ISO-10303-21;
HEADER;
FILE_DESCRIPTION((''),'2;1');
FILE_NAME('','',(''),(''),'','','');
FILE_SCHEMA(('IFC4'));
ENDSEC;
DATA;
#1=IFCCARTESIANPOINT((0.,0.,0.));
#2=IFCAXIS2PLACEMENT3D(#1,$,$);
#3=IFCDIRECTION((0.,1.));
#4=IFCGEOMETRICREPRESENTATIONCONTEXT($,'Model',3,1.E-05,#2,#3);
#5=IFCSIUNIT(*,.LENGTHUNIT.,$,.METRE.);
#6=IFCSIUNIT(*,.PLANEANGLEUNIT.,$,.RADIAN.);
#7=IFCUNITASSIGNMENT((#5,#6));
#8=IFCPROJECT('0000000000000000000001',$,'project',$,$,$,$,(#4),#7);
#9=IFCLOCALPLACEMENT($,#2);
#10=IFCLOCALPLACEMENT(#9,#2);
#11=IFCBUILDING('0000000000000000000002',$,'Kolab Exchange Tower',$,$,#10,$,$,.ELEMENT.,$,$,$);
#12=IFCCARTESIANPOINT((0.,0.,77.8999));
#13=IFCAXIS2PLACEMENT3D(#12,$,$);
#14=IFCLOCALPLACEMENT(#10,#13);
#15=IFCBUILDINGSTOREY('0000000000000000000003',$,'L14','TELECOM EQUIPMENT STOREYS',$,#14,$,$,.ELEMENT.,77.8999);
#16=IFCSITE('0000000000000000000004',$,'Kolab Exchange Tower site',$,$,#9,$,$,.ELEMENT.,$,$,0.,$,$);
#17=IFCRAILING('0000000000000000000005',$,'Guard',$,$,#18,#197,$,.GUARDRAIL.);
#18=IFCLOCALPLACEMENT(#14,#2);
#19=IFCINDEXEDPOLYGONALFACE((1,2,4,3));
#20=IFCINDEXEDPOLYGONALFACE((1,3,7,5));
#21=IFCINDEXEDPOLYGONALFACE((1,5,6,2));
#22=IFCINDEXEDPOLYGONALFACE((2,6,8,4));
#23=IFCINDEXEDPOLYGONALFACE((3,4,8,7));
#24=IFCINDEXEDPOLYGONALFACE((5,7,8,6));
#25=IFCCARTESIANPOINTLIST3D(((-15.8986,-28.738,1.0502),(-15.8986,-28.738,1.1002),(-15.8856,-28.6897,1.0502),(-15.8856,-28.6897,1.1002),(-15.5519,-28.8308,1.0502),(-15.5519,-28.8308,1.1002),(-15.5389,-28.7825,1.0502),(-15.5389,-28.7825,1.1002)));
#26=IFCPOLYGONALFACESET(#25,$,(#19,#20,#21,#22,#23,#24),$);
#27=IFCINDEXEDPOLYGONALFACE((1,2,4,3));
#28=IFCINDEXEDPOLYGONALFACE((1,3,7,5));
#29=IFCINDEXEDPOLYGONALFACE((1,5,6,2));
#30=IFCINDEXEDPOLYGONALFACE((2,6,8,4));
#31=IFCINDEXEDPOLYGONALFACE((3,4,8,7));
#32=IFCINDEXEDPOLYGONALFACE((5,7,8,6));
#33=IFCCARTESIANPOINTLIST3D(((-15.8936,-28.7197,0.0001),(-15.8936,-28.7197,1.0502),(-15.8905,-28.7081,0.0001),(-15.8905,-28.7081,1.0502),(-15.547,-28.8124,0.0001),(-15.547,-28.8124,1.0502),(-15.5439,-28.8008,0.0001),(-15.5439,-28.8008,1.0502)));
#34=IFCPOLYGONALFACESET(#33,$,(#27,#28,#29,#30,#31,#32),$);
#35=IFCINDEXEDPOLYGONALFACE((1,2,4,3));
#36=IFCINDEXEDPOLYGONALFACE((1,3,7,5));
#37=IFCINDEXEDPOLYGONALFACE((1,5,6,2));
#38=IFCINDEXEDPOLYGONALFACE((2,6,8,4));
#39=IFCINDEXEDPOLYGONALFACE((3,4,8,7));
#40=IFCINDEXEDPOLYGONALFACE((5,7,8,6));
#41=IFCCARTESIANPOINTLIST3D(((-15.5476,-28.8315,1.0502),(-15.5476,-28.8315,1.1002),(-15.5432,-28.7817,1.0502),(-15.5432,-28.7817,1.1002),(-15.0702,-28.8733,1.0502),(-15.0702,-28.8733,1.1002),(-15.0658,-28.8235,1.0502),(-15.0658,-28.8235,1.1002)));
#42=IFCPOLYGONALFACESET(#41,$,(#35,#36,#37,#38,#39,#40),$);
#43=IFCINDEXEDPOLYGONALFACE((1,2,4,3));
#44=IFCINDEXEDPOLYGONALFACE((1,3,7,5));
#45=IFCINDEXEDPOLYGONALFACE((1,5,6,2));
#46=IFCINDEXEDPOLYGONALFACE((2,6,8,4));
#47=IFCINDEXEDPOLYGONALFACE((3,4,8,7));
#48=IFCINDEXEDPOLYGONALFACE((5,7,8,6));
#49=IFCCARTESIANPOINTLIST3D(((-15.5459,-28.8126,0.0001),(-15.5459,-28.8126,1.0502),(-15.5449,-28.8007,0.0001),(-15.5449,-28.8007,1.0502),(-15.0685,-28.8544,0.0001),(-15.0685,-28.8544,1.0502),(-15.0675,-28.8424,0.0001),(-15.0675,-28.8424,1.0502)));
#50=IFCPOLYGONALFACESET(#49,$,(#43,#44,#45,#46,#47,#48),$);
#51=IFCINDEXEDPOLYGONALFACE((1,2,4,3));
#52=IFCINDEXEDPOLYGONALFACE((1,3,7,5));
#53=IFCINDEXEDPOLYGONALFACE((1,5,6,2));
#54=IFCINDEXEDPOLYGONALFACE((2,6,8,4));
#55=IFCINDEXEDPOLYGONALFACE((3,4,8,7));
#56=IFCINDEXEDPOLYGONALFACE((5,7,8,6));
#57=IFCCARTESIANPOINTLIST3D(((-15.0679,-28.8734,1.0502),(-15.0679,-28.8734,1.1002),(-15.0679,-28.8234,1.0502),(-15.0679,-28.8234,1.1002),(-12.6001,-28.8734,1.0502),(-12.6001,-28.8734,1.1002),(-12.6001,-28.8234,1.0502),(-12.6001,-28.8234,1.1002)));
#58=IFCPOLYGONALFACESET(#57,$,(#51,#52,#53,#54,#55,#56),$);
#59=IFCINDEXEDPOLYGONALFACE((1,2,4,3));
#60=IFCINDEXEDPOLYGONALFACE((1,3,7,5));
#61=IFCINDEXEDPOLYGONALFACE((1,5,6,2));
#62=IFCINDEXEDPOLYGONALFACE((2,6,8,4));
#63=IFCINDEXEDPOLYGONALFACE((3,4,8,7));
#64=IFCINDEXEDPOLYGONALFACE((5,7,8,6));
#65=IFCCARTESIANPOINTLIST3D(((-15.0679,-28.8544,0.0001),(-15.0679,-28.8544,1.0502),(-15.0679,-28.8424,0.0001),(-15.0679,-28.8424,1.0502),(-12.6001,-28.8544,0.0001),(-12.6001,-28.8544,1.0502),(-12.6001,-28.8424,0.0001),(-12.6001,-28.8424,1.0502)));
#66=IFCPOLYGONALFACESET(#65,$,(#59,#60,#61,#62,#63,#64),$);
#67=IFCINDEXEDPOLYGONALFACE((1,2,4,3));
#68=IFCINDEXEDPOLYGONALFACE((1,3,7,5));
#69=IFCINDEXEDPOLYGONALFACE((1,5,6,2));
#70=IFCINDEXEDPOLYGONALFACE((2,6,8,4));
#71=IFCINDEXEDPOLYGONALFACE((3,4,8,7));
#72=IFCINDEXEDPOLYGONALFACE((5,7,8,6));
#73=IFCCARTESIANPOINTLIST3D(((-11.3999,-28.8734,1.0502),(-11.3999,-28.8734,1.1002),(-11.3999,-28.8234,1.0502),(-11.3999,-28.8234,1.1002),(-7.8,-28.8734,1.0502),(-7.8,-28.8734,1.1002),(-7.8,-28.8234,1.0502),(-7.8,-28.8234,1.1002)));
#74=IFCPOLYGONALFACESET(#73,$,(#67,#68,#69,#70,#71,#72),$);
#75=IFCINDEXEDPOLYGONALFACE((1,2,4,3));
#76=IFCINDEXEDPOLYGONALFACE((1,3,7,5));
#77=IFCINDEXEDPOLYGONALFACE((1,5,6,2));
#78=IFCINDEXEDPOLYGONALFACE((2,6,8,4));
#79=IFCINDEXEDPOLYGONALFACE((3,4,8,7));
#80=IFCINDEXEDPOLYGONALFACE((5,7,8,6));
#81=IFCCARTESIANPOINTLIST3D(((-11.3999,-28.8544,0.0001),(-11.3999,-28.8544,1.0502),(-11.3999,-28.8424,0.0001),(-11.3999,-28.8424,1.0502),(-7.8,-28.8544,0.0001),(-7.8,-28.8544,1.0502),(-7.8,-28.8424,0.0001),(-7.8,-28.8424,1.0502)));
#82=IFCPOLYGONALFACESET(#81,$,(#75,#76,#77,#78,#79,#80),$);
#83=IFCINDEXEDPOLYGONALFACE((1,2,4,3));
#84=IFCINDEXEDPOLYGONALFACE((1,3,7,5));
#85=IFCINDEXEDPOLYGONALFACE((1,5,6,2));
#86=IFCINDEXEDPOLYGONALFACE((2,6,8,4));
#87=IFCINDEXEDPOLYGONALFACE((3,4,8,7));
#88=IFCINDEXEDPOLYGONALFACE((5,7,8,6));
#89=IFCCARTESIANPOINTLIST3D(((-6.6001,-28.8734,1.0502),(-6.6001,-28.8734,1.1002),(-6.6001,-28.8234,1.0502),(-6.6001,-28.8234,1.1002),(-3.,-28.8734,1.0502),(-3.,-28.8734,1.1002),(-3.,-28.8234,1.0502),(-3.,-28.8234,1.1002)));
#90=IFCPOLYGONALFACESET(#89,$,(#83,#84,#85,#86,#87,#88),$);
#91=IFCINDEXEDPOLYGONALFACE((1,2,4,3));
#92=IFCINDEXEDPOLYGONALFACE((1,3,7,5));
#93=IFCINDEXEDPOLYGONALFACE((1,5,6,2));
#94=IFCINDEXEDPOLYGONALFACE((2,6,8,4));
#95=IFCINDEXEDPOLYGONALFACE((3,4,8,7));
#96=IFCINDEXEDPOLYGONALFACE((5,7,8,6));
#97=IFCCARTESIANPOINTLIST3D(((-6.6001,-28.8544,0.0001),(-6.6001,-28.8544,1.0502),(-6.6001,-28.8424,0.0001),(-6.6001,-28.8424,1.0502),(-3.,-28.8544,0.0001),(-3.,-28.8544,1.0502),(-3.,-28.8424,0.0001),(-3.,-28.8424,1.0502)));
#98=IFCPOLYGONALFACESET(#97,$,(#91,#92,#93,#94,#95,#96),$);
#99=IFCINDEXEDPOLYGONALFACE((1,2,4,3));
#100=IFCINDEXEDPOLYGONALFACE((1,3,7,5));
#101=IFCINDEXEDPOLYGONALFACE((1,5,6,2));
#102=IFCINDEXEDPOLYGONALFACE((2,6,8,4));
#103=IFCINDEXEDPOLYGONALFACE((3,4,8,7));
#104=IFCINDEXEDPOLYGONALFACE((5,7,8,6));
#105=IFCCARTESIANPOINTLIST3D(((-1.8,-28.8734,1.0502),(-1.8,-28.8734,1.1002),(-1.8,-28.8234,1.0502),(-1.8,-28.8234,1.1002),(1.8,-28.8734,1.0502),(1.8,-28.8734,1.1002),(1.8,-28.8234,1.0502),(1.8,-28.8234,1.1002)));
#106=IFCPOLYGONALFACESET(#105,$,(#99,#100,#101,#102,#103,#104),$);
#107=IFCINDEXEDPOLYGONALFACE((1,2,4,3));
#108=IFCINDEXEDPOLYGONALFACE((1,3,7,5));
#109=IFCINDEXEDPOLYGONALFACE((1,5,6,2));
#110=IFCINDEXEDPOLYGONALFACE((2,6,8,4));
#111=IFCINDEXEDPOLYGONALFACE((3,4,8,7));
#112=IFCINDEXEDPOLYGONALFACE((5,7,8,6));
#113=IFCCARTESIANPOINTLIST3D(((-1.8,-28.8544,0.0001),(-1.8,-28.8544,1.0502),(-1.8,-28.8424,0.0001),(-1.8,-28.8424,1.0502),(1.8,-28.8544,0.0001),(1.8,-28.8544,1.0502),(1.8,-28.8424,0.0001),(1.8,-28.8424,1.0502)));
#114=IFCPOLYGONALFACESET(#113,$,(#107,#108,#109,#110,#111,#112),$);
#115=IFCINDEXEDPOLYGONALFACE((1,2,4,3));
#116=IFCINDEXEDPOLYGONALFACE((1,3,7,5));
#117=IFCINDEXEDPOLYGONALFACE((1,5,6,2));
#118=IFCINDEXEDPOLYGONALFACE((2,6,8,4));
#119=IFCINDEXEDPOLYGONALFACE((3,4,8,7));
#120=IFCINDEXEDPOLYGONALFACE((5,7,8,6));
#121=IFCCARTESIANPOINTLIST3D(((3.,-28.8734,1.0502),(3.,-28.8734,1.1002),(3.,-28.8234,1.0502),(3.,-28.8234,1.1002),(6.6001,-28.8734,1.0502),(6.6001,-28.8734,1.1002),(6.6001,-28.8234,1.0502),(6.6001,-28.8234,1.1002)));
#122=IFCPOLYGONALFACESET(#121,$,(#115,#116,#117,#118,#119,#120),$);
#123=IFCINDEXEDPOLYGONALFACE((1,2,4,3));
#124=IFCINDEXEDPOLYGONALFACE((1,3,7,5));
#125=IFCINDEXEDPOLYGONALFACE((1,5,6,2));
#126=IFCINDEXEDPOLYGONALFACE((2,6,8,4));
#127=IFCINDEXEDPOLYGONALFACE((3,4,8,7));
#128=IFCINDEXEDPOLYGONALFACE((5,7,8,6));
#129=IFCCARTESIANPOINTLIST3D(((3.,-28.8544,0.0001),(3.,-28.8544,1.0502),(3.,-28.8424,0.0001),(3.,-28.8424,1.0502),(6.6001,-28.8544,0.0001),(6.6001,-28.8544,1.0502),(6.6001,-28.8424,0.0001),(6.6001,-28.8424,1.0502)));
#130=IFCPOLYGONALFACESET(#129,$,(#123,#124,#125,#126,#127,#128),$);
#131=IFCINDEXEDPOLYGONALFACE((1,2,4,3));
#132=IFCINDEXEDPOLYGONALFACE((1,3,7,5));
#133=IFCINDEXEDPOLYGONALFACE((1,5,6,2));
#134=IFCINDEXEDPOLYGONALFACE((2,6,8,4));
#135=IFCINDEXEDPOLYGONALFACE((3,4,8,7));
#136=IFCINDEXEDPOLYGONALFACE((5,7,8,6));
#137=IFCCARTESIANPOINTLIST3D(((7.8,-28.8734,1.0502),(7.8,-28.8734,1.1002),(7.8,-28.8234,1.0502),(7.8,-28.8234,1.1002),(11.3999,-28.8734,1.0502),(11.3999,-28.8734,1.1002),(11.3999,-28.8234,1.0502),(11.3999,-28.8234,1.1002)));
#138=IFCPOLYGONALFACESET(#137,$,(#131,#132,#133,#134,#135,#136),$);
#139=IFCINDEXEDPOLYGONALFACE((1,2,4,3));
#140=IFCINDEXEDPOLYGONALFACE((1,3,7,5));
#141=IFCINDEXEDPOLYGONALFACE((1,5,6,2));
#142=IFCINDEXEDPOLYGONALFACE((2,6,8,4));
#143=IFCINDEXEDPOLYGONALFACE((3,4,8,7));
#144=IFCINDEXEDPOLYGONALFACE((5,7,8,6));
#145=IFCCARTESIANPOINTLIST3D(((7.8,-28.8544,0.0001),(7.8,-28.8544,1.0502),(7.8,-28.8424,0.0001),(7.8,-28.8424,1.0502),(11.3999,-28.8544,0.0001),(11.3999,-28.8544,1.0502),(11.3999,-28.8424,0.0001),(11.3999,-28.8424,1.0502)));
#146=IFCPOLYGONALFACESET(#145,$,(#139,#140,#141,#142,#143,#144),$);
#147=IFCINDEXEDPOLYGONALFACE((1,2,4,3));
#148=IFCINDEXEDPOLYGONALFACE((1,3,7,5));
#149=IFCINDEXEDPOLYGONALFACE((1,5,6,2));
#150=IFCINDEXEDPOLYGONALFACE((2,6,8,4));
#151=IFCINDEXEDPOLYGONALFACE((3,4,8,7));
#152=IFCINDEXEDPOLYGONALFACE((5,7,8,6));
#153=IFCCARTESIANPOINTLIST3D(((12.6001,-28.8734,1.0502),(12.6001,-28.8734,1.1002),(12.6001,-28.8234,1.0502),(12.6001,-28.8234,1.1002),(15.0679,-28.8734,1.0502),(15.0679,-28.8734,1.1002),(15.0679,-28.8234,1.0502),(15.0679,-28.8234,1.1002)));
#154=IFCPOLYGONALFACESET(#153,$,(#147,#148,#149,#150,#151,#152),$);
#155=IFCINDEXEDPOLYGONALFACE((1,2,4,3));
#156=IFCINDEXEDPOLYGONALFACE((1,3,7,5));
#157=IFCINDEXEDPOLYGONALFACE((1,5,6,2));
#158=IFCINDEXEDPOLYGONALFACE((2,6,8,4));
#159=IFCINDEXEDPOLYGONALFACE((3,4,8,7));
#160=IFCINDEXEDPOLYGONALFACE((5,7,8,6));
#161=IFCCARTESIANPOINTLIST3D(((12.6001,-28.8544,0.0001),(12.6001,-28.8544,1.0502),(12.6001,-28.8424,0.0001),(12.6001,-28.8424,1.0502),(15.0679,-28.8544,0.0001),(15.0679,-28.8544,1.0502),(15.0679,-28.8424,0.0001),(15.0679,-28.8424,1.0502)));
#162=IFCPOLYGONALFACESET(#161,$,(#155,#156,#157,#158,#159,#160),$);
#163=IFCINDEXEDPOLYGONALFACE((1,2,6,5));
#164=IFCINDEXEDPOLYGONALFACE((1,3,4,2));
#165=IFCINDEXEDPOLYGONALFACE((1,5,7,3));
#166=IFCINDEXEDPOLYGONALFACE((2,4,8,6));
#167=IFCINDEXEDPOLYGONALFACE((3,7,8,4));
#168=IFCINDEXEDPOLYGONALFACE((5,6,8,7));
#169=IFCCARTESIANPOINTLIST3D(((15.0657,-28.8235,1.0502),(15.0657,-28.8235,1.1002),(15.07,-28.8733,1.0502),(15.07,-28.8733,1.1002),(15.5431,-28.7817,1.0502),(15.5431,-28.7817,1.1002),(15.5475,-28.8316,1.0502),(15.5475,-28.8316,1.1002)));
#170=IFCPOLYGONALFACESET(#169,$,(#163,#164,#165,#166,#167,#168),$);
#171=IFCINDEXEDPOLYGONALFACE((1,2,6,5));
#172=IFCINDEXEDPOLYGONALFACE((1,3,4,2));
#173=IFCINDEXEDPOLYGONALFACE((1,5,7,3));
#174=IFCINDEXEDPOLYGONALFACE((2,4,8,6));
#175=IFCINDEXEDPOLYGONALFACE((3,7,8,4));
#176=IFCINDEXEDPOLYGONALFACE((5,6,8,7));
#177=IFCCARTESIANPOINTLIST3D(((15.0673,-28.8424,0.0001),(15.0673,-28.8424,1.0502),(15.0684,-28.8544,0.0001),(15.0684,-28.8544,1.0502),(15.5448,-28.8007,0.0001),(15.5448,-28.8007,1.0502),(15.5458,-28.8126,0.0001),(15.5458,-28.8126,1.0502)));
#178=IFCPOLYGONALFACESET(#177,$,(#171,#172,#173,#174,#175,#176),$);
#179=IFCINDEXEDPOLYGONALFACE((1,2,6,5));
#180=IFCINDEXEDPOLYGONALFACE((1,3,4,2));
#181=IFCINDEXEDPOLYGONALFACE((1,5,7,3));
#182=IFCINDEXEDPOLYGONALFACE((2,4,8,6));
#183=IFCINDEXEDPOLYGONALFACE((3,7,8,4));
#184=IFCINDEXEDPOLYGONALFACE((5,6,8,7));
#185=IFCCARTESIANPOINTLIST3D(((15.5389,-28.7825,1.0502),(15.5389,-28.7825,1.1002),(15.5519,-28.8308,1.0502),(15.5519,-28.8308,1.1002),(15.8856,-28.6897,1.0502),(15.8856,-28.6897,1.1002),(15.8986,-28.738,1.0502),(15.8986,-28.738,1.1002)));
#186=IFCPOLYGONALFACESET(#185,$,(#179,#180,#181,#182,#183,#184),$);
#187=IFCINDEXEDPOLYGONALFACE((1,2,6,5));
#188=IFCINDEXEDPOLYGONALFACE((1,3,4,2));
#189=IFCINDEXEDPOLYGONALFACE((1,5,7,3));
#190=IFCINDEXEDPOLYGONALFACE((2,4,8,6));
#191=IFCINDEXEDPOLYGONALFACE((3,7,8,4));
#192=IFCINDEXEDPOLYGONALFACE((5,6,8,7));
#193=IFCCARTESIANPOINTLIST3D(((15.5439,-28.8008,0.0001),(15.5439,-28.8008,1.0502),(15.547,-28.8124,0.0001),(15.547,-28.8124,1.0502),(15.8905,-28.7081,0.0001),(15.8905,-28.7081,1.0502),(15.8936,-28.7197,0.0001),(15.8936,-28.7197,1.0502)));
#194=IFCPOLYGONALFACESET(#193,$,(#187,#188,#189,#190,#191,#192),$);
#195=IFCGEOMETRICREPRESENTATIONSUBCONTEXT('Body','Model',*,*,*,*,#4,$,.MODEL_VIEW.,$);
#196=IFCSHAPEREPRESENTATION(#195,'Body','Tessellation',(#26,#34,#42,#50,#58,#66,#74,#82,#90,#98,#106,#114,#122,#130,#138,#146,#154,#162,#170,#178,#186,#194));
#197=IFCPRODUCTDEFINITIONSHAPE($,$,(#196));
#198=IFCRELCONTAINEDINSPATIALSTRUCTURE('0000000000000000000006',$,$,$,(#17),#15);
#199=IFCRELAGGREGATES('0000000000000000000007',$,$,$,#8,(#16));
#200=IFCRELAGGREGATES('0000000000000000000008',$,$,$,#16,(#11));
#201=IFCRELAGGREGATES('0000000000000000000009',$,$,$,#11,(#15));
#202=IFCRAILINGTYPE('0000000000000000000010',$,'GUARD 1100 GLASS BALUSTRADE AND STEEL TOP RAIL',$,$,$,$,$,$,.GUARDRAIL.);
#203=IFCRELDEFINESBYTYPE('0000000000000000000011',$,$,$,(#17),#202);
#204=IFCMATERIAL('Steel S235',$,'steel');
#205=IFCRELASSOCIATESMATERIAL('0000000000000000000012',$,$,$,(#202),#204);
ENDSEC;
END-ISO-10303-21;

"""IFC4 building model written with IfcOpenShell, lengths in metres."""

from ifc_helpers import new_model, si_unit, direction, frame, frame_2d, origin, origin_2d, place, context, subcontext, project, spatial, rectangle, extrude, material, type_object, element, save


model = new_model("IFC4")

# Units and contexts
model_context = context("Model", 3, precision=1e-05, world=origin(), true_north=direction((0.0, 1.0)))
body_context = subcontext(model_context, "Body", "Model", "MODEL_VIEW")
ifc_project = project(units=[si_unit("LENGTHUNIT", "METRE"), si_unit("PLANEANGLEUNIT", "RADIAN")], contexts=[model_context])

# Site, building, storey
site_placement = place(None, origin())
site = spatial("IfcSite", under=ifc_project, at=site_placement, Name="Kolab Exchange Tower site", CompositionType="ELEMENT", RefElevation=0.0)
building_placement = place(site_placement, origin())
building = spatial("IfcBuilding", under=site, at=building_placement, Name="Kolab Exchange Tower", CompositionType="ELEMENT")
storey_placement = place(building_placement, frame((0.0, 0.0, 77.8999)))
storey = spatial("IfcBuildingStorey", under=building, at=storey_placement, Name="L14", Description="TELECOM EQUIPMENT STOREYS", CompositionType="ELEMENT", Elevation=77.8999)

# Railing
ifc_material_1 = material(Name="Steel S235", Category="steel")
railing_type = type_object("IfcRailingType", Name="GUARD 1100 GLASS BALUSTRADE AND STEEL TOP RAIL", PredefinedType="GUARDRAIL", material=ifc_material_1)
railing_placement = place(storey_placement, frame((-15.8921, -28.7139, 0.0)))
element("IfcRailing", 1, at=railing_placement, inside=storey, type_object=railing_type, Name="Guard", PredefinedType="GUARDRAIL", context=body_context, shape_type="SweptSolid", body=[
    extrude(rectangle(XDim=0.05, YDim=0.05, at=origin_2d()), frame((0.0, 0.0, 1.0752), z_axis=(0.966009, -0.258509, 0.0), x_axis=(0.258509, 0.966009, 0.0)), (0.0, 0.0, 1.0), 0.3589),
    extrude(rectangle(XDim=0.012, YDim=1.0501, at=frame_2d((0.0, 0.5251))), frame((0.0, 0.0, 0.0), z_axis=(0.966009, -0.258509, 0.0), x_axis=(0.258509, 0.966009, 0.0)), (0.0, 0.0, 1.0), 0.3589),
    extrude(rectangle(XDim=0.05, YDim=0.05, at=origin_2d()), frame((0.3467, -0.0928, 1.0752), z_axis=(0.9962, -0.087091, 0.0), x_axis=(0.087091, 0.9962, 0.0)), (0.0, 0.0, 1.0), 0.4792),
    extrude(rectangle(XDim=0.012, YDim=1.0501, at=frame_2d((0.0, 0.5251))), frame((0.3467, -0.0928, 0.0), z_axis=(0.9962, -0.087091, 0.0), x_axis=(0.087091, 0.9962, 0.0)), (0.0, 0.0, 1.0), 0.4792),
    extrude(rectangle(XDim=0.05, YDim=0.05, at=origin_2d()), frame((0.8242, -0.1345, 1.0752), z_axis=(1.0, 0.0, 0.0), x_axis=(0.0, 1.0, 0.0)), (0.0, 0.0, 1.0), 2.4678),
    extrude(rectangle(XDim=0.012, YDim=1.0501, at=frame_2d((0.0, 0.5251))), frame((0.8242, -0.1345, 0.0), z_axis=(1.0, 0.0, 0.0), x_axis=(0.0, 1.0, 0.0)), (0.0, 0.0, 1.0), 2.4678),
    extrude(rectangle(XDim=0.05, YDim=0.05, at=origin_2d()), frame((4.4922, -0.1345, 1.0752), z_axis=(1.0, 0.0, 0.0), x_axis=(0.0, 1.0, 0.0)), (0.0, 0.0, 1.0), 3.5999),
    extrude(rectangle(XDim=0.012, YDim=1.0501, at=frame_2d((0.0, 0.5251))), frame((4.4922, -0.1345, 0.0), z_axis=(1.0, 0.0, 0.0), x_axis=(0.0, 1.0, 0.0)), (0.0, 0.0, 1.0), 3.5999),
    extrude(rectangle(XDim=0.05, YDim=0.05, at=origin_2d()), frame((9.292, -0.1345, 1.0752), z_axis=(1.0, 0.0, 0.0), x_axis=(0.0, 1.0, 0.0)), (0.0, 0.0, 1.0), 3.6001),
    extrude(rectangle(XDim=0.012, YDim=1.0501, at=frame_2d((0.0, 0.5251))), frame((9.292, -0.1345, 0.0), z_axis=(1.0, 0.0, 0.0), x_axis=(0.0, 1.0, 0.0)), (0.0, 0.0, 1.0), 3.6001),
    extrude(rectangle(XDim=0.05, YDim=0.05, at=origin_2d()), frame((14.092, -0.1345, 1.0752), z_axis=(1.0, 0.0, 0.0), x_axis=(0.0, 1.0, 0.0)), (0.0, 0.0, 1.0), 3.6001),
    extrude(rectangle(XDim=0.012, YDim=1.0501, at=frame_2d((0.0, 0.5251))), frame((14.092, -0.1345, 0.0), z_axis=(1.0, 0.0, 0.0), x_axis=(0.0, 1.0, 0.0)), (0.0, 0.0, 1.0), 3.6001),
    extrude(rectangle(XDim=0.05, YDim=0.05, at=origin_2d()), frame((18.8921, -0.1345, 1.0752), z_axis=(1.0, 0.0, 0.0), x_axis=(0.0, 1.0, 0.0)), (0.0, 0.0, 1.0), 3.6001),
    extrude(rectangle(XDim=0.012, YDim=1.0501, at=frame_2d((0.0, 0.5251))), frame((18.8921, -0.1345, 0.0), z_axis=(1.0, 0.0, 0.0), x_axis=(0.0, 1.0, 0.0)), (0.0, 0.0, 1.0), 3.6001),
    extrude(rectangle(XDim=0.05, YDim=0.05, at=origin_2d()), frame((23.6921, -0.1345, 1.0752), z_axis=(1.0, 0.0, 0.0), x_axis=(0.0, 1.0, 0.0)), (0.0, 0.0, 1.0), 3.5999),
    extrude(rectangle(XDim=0.012, YDim=1.0501, at=frame_2d((0.0, 0.5251))), frame((23.6921, -0.1345, 0.0), z_axis=(1.0, 0.0, 0.0), x_axis=(0.0, 1.0, 0.0)), (0.0, 0.0, 1.0), 3.5999),
    extrude(rectangle(XDim=0.05, YDim=0.05, at=origin_2d()), frame((28.4922, -0.1345, 1.0752), z_axis=(1.0, 0.0, 0.0), x_axis=(0.0, 1.0, 0.0)), (0.0, 0.0, 1.0), 2.4678),
    extrude(rectangle(XDim=0.012, YDim=1.0501, at=frame_2d((0.0, 0.5251))), frame((28.4922, -0.1345, 0.0), z_axis=(1.0, 0.0, 0.0), x_axis=(0.0, 1.0, 0.0)), (0.0, 0.0, 1.0), 2.4678),
    extrude(rectangle(XDim=0.05, YDim=0.05, at=origin_2d()), frame((30.96, -0.1345, 1.0752), z_axis=(0.9962, 0.087091, 0.0), x_axis=(-0.087091, 0.9962, 0.0)), (0.0, 0.0, 1.0), 0.4792),
    extrude(rectangle(XDim=0.012, YDim=1.0501, at=frame_2d((0.0, 0.5251))), frame((30.96, -0.1345, 0.0), z_axis=(0.9962, 0.087091, 0.0), x_axis=(-0.087091, 0.9962, 0.0)), (0.0, 0.0, 1.0), 0.4792),
    extrude(rectangle(XDim=0.05, YDim=0.05, at=origin_2d()), frame((31.4375, -0.0928, 1.0752), z_axis=(0.966009, 0.258509, 0.0), x_axis=(-0.258509, 0.966009, 0.0)), (0.0, 0.0, 1.0), 0.3589),
    extrude(rectangle(XDim=0.012, YDim=1.0501, at=frame_2d((0.0, 0.5251))), frame((31.4375, -0.0928, 0.0), z_axis=(0.966009, 0.258509, 0.0), x_axis=(-0.258509, 0.966009, 0.0)), (0.0, 0.0, 1.0), 0.3589),
])

save(model, "model.ifc")
